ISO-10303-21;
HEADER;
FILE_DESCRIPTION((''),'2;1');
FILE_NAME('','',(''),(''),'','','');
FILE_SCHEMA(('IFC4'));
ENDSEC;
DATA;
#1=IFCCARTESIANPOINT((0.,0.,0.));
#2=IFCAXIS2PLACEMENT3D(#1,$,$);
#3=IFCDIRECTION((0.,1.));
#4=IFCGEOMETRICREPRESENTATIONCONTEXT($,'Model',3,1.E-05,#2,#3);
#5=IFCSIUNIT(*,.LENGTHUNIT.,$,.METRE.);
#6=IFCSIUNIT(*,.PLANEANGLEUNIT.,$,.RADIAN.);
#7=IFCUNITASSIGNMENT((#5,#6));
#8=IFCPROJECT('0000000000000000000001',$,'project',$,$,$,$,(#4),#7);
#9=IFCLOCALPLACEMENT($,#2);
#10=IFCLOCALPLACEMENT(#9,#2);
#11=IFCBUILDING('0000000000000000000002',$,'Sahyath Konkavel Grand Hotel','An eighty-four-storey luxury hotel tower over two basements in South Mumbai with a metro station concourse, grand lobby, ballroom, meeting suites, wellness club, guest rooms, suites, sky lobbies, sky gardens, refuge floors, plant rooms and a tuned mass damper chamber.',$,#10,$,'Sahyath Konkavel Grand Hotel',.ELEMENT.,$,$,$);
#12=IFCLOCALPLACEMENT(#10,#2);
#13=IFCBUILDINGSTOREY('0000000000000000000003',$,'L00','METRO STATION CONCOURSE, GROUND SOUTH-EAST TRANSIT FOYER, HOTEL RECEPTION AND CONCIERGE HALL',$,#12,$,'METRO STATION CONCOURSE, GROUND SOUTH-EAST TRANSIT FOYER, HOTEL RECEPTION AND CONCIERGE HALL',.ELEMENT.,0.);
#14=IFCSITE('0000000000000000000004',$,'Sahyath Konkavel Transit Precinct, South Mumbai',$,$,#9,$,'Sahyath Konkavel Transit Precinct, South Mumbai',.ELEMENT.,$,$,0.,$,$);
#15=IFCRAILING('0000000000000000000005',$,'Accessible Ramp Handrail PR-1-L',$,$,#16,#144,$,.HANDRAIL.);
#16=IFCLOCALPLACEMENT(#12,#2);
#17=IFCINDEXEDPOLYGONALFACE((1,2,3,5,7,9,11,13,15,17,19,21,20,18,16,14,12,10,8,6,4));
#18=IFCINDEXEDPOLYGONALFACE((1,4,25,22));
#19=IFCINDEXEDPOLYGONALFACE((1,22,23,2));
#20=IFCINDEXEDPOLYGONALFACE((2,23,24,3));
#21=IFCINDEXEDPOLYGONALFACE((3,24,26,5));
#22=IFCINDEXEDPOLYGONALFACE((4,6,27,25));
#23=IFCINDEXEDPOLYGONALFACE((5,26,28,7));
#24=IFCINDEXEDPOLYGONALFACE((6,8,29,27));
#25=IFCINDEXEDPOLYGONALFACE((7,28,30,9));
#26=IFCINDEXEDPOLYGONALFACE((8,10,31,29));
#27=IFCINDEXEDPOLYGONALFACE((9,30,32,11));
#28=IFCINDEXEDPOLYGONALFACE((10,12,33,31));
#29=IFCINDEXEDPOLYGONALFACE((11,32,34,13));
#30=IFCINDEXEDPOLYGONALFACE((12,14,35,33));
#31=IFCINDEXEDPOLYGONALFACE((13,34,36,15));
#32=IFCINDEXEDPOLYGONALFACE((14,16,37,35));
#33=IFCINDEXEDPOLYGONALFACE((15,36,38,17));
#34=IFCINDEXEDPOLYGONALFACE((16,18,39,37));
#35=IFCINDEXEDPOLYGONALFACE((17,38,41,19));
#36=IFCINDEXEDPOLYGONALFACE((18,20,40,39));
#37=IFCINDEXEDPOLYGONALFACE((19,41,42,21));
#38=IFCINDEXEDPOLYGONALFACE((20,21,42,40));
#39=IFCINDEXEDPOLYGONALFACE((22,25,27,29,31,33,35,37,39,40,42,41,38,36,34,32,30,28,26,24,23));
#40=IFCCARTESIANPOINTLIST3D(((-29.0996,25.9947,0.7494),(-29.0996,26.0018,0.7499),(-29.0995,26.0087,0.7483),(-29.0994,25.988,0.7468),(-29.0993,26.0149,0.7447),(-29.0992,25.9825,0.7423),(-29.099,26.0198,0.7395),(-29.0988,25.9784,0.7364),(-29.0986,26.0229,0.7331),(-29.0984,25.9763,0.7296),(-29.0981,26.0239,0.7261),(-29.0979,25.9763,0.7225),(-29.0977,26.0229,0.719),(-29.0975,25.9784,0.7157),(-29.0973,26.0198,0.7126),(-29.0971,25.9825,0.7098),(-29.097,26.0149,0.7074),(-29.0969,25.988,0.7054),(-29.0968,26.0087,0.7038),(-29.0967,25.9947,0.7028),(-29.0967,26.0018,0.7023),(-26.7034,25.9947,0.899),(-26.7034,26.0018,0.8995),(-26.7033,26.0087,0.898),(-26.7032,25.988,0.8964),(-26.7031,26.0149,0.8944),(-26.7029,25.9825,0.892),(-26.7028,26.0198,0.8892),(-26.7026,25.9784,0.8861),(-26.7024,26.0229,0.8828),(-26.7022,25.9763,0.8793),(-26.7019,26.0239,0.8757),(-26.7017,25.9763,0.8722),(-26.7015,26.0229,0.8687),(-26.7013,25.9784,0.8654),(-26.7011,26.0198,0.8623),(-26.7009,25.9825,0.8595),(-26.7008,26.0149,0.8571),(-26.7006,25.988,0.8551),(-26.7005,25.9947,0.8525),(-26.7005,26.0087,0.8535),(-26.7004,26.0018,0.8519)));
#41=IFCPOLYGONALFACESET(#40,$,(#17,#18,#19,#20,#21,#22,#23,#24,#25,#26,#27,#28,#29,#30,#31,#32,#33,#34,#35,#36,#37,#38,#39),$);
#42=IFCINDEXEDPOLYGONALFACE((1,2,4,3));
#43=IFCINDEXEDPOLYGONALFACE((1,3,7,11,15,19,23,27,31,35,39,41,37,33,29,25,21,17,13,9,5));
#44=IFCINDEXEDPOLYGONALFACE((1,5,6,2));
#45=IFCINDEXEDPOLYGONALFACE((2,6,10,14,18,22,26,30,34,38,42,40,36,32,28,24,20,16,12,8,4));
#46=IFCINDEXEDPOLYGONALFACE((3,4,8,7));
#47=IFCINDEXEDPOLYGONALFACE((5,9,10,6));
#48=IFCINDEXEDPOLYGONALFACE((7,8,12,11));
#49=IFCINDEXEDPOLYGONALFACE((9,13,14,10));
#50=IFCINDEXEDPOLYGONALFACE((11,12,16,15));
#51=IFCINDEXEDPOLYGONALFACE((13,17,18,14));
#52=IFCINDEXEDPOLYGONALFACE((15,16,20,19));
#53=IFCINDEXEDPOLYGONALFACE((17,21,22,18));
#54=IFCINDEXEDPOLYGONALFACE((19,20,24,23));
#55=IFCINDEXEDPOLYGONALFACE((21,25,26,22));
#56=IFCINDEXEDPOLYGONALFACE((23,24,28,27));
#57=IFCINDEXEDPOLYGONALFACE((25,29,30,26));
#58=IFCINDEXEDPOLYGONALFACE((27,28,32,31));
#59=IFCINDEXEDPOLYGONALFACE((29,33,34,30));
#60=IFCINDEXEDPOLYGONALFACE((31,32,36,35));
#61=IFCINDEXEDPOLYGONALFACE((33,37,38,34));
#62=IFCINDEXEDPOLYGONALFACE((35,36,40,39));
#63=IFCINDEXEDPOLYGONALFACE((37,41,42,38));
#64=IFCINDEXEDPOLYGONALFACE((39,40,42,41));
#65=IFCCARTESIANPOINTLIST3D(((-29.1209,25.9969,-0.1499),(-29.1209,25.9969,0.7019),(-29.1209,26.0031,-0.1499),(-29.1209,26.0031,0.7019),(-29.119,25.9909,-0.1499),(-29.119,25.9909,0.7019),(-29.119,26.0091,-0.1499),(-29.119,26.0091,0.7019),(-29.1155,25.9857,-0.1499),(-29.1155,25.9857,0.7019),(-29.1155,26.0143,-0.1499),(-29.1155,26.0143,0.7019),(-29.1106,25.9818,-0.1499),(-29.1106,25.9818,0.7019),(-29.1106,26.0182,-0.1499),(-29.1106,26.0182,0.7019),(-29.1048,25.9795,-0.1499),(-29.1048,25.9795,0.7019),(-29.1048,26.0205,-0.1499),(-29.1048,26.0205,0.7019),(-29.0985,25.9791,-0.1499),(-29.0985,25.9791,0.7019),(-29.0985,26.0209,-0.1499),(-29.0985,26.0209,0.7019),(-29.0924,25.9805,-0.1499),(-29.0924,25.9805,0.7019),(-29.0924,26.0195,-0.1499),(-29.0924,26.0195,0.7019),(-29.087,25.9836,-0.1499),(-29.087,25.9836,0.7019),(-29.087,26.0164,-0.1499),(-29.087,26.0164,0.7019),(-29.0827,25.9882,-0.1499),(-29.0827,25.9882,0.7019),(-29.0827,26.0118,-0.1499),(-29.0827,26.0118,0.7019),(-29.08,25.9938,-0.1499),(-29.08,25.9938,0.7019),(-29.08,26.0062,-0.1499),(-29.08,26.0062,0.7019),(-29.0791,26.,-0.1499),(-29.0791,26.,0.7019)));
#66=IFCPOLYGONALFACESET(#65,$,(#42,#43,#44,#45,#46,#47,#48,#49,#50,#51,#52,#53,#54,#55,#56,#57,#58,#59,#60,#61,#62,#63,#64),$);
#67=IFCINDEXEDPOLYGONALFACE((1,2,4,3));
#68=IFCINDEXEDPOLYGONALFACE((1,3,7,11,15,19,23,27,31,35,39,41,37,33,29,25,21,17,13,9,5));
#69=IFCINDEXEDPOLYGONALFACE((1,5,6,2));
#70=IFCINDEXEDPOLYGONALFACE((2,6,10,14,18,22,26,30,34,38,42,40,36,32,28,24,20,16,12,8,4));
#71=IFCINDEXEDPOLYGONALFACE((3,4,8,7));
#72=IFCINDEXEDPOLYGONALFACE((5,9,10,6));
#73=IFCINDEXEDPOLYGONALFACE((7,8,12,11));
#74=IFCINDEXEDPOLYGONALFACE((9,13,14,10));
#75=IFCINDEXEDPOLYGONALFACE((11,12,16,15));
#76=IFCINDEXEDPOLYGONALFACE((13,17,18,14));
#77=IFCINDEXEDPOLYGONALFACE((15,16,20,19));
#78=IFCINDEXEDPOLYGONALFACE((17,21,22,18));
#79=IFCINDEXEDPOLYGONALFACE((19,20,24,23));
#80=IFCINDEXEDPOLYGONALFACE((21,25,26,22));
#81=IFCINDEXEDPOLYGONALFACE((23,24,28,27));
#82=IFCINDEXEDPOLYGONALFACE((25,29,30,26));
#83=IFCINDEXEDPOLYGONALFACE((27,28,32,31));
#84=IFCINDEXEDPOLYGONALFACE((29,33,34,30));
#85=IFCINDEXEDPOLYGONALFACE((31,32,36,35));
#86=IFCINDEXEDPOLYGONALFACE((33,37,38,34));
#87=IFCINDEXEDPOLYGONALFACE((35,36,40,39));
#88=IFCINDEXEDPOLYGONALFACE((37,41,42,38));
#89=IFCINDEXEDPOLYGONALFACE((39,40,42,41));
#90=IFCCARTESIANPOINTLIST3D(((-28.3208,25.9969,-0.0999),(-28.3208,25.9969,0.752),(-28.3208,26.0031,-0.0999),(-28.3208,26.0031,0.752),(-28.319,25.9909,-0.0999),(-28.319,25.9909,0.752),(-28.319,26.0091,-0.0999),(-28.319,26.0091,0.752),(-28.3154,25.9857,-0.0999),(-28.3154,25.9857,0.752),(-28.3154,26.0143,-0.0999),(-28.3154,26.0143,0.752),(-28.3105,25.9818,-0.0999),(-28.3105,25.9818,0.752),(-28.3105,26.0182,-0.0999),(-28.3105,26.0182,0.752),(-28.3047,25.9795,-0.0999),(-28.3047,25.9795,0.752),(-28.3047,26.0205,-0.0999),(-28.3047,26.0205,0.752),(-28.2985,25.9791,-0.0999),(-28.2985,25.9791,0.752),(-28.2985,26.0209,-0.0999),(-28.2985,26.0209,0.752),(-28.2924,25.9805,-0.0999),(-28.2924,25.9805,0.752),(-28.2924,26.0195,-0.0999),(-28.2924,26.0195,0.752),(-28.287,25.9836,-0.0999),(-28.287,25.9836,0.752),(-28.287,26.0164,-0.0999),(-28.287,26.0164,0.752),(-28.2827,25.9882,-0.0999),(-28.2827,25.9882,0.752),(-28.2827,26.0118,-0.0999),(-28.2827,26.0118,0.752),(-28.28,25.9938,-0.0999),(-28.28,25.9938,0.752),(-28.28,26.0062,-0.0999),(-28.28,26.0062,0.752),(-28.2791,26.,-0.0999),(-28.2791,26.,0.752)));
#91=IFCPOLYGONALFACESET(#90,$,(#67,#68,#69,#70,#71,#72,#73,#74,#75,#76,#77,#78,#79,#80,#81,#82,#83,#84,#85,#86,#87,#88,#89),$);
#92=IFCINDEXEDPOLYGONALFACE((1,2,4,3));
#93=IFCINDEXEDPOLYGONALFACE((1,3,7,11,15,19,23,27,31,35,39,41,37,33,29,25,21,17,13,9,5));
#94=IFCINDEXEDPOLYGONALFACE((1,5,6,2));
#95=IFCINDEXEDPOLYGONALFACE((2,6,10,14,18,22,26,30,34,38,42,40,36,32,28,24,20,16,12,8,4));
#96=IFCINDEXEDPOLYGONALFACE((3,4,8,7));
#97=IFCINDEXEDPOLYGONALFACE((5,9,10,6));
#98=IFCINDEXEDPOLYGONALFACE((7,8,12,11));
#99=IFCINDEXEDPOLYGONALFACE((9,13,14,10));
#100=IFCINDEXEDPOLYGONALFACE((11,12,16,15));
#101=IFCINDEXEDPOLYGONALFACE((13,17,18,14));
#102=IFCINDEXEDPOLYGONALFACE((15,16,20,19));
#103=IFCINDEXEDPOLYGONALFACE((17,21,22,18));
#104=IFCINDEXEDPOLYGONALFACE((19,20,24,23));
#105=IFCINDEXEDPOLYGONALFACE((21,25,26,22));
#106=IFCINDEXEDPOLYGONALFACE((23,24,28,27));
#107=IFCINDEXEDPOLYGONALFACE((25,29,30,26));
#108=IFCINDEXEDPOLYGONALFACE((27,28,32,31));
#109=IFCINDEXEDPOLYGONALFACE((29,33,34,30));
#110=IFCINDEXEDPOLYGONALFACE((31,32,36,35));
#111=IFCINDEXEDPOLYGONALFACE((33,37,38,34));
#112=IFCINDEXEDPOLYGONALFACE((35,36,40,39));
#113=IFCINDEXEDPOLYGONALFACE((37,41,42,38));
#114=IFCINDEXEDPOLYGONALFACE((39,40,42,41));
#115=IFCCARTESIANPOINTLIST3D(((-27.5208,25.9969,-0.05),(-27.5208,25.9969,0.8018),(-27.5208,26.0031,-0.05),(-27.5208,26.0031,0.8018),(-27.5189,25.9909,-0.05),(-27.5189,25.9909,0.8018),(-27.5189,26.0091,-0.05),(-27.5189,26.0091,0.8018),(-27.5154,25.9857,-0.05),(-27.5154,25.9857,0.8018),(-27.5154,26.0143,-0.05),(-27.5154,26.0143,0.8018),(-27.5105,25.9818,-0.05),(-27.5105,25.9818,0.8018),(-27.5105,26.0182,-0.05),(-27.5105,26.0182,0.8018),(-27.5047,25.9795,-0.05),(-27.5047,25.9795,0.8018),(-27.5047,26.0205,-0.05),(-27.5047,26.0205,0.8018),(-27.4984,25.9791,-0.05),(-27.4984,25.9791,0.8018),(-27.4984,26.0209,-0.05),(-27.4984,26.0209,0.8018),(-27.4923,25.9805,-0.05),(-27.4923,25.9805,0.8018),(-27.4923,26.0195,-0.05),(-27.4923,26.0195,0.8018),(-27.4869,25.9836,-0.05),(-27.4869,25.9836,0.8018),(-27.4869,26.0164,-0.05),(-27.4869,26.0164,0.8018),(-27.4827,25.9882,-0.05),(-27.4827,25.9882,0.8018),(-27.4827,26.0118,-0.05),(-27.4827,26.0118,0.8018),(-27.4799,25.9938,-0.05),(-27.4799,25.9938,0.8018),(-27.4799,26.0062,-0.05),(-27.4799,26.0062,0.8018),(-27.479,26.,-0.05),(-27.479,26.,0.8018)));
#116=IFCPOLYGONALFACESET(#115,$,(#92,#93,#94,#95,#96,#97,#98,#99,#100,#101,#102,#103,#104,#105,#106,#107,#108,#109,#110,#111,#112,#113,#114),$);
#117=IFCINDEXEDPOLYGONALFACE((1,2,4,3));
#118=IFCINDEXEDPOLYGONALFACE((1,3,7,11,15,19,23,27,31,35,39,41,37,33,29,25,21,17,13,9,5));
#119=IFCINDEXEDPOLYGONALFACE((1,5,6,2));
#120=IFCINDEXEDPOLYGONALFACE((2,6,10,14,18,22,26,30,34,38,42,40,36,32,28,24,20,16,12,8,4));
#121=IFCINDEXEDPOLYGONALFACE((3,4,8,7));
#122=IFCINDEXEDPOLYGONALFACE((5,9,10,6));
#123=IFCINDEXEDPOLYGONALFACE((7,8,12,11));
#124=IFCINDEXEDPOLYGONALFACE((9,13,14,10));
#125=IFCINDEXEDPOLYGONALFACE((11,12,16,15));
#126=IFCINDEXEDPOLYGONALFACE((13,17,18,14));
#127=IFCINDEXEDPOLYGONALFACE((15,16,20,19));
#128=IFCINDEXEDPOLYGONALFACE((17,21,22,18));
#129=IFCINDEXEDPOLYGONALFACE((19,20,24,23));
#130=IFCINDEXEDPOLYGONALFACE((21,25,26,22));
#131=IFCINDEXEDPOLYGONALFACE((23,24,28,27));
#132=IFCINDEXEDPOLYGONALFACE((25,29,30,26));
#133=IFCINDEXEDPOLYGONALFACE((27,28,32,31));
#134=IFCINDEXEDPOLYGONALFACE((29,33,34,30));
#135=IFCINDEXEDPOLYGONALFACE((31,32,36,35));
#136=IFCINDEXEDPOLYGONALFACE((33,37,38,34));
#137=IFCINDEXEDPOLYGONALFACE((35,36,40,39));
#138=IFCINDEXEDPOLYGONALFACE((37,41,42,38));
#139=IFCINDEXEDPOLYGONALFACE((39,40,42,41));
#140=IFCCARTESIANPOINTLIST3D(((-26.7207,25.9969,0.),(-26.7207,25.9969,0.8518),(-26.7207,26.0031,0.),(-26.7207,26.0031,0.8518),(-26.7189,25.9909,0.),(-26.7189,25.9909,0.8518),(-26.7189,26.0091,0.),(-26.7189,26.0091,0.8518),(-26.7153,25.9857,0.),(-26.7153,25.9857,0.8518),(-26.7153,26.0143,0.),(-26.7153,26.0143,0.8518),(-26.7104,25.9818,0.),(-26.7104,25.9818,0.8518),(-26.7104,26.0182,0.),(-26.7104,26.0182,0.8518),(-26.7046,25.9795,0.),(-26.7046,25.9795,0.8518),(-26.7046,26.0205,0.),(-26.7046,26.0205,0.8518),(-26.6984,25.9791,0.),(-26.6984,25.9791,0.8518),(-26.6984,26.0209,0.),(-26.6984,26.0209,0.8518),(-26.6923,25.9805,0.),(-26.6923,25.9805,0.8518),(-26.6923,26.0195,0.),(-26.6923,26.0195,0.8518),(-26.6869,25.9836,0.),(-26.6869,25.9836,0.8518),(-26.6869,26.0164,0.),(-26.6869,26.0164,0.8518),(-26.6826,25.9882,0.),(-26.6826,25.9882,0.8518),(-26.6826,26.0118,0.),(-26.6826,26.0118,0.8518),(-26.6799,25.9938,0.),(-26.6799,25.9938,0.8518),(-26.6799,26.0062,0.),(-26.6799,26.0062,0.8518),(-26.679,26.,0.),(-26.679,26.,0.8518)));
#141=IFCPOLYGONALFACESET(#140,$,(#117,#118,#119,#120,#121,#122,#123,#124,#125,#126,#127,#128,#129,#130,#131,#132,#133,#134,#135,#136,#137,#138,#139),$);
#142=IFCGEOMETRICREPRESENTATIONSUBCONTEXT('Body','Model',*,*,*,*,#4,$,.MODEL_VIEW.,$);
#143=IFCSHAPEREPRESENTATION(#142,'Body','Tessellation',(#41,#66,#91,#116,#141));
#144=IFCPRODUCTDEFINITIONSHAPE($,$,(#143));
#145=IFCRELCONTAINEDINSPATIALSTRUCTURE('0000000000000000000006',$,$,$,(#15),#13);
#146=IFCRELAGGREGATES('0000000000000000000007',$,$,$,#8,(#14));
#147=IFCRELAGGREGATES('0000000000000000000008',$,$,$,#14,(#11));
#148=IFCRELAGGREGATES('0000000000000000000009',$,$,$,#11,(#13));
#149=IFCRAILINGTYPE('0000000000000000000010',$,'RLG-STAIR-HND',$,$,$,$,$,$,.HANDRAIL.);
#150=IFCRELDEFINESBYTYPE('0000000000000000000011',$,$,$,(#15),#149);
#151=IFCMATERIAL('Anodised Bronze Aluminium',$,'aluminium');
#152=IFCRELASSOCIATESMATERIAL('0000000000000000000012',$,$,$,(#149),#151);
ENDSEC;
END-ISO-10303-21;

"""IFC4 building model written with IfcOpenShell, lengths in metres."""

from ifc_helpers import new_model, si_unit, direction, frame, origin, origin_2d, place, context, subcontext, project, spatial, circle, extrude, material, type_object, element, save


model = new_model("IFC4")

# Units and contexts
model_context = context("Model", 3, precision=1e-05, world=origin(), true_north=direction((0.0, 1.0)))
body_context = subcontext(model_context, "Body", "Model", "MODEL_VIEW")
ifc_project = project(units=[si_unit("LENGTHUNIT", "METRE"), si_unit("PLANEANGLEUNIT", "RADIAN")], contexts=[model_context])

# Site, building, storey
site_placement = place(None, origin())
site = spatial("IfcSite", under=ifc_project, at=site_placement, Name="Sahyath Konkavel Transit Precinct, South Mumbai", LongName="Sahyath Konkavel Transit Precinct, South Mumbai", CompositionType="ELEMENT", RefElevation=0.0)
building_placement = place(site_placement, origin())
building = spatial("IfcBuilding", under=site, at=building_placement, Name="Sahyath Konkavel Grand Hotel", Description="An eighty-four-storey luxury hotel tower over two basements in South Mumbai with a metro station concourse, grand lobby, ballroom, meeting suites, wellness club, guest rooms, suites, sky lobbies, sky gardens, refuge floors, plant rooms and a tuned mass damper chamber.", LongName="Sahyath Konkavel Grand Hotel", CompositionType="ELEMENT")
storey_placement = place(building_placement, origin())
storey = spatial("IfcBuildingStorey", under=building, at=storey_placement, Name="L00", Description="METRO STATION CONCOURSE, GROUND SOUTH-EAST TRANSIT FOYER, HOTEL RECEPTION AND CONCIERGE HALL", LongName="METRO STATION CONCOURSE, GROUND SOUTH-EAST TRANSIT FOYER, HOTEL RECEPTION AND CONCIERGE HALL", CompositionType="ELEMENT", Elevation=0.0)

# Railing
ifc_material_1 = material(Name="Anodised Bronze Aluminium", Category="aluminium")
railing_type_1 = type_object("IfcRailingType", Name="RLG-STAIR-HND", PredefinedType="HANDRAIL", material=ifc_material_1)
for number, where, name in (
    (1, (-29.1001, 26.0, -0.1499), "Accessible Ramp Handrail PR-1-L"),
):
    element("IfcRailing", number, at=place(storey_placement, frame(where)), inside=storey, type_object=railing_type_1, Name=name, PredefinedType="HANDRAIL", context=body_context, shape_type="SweptSolid", body=[
        extrude(circle(Radius=0.0239, at=origin_2d()), frame((0.002, 0.0, 0.876), z_axis=(0.998055, 0.0, 0.062334), x_axis=(0.0, 1.0, 0.0)), (0.0, 0.0, 1.0), 2.4009),
        extrude(circle(Radius=0.021, at=origin_2d()), origin(), (0.0, 0.0, 1.0), 0.8518),
        extrude(circle(Radius=0.021, at=origin_2d()), frame((0.8, 0.0, 0.05)), (0.0, 0.0, 1.0), 0.8518),
        extrude(circle(Radius=0.021, at=origin_2d()), frame((1.6001, 0.0, 0.0999)), (0.0, 0.0, 1.0), 0.8518),
        extrude(circle(Radius=0.021, at=origin_2d()), frame((2.4001, 0.0, 0.1499)), (0.0, 0.0, 1.0), 0.8518),
    ])

save(model, "model.ifc")
